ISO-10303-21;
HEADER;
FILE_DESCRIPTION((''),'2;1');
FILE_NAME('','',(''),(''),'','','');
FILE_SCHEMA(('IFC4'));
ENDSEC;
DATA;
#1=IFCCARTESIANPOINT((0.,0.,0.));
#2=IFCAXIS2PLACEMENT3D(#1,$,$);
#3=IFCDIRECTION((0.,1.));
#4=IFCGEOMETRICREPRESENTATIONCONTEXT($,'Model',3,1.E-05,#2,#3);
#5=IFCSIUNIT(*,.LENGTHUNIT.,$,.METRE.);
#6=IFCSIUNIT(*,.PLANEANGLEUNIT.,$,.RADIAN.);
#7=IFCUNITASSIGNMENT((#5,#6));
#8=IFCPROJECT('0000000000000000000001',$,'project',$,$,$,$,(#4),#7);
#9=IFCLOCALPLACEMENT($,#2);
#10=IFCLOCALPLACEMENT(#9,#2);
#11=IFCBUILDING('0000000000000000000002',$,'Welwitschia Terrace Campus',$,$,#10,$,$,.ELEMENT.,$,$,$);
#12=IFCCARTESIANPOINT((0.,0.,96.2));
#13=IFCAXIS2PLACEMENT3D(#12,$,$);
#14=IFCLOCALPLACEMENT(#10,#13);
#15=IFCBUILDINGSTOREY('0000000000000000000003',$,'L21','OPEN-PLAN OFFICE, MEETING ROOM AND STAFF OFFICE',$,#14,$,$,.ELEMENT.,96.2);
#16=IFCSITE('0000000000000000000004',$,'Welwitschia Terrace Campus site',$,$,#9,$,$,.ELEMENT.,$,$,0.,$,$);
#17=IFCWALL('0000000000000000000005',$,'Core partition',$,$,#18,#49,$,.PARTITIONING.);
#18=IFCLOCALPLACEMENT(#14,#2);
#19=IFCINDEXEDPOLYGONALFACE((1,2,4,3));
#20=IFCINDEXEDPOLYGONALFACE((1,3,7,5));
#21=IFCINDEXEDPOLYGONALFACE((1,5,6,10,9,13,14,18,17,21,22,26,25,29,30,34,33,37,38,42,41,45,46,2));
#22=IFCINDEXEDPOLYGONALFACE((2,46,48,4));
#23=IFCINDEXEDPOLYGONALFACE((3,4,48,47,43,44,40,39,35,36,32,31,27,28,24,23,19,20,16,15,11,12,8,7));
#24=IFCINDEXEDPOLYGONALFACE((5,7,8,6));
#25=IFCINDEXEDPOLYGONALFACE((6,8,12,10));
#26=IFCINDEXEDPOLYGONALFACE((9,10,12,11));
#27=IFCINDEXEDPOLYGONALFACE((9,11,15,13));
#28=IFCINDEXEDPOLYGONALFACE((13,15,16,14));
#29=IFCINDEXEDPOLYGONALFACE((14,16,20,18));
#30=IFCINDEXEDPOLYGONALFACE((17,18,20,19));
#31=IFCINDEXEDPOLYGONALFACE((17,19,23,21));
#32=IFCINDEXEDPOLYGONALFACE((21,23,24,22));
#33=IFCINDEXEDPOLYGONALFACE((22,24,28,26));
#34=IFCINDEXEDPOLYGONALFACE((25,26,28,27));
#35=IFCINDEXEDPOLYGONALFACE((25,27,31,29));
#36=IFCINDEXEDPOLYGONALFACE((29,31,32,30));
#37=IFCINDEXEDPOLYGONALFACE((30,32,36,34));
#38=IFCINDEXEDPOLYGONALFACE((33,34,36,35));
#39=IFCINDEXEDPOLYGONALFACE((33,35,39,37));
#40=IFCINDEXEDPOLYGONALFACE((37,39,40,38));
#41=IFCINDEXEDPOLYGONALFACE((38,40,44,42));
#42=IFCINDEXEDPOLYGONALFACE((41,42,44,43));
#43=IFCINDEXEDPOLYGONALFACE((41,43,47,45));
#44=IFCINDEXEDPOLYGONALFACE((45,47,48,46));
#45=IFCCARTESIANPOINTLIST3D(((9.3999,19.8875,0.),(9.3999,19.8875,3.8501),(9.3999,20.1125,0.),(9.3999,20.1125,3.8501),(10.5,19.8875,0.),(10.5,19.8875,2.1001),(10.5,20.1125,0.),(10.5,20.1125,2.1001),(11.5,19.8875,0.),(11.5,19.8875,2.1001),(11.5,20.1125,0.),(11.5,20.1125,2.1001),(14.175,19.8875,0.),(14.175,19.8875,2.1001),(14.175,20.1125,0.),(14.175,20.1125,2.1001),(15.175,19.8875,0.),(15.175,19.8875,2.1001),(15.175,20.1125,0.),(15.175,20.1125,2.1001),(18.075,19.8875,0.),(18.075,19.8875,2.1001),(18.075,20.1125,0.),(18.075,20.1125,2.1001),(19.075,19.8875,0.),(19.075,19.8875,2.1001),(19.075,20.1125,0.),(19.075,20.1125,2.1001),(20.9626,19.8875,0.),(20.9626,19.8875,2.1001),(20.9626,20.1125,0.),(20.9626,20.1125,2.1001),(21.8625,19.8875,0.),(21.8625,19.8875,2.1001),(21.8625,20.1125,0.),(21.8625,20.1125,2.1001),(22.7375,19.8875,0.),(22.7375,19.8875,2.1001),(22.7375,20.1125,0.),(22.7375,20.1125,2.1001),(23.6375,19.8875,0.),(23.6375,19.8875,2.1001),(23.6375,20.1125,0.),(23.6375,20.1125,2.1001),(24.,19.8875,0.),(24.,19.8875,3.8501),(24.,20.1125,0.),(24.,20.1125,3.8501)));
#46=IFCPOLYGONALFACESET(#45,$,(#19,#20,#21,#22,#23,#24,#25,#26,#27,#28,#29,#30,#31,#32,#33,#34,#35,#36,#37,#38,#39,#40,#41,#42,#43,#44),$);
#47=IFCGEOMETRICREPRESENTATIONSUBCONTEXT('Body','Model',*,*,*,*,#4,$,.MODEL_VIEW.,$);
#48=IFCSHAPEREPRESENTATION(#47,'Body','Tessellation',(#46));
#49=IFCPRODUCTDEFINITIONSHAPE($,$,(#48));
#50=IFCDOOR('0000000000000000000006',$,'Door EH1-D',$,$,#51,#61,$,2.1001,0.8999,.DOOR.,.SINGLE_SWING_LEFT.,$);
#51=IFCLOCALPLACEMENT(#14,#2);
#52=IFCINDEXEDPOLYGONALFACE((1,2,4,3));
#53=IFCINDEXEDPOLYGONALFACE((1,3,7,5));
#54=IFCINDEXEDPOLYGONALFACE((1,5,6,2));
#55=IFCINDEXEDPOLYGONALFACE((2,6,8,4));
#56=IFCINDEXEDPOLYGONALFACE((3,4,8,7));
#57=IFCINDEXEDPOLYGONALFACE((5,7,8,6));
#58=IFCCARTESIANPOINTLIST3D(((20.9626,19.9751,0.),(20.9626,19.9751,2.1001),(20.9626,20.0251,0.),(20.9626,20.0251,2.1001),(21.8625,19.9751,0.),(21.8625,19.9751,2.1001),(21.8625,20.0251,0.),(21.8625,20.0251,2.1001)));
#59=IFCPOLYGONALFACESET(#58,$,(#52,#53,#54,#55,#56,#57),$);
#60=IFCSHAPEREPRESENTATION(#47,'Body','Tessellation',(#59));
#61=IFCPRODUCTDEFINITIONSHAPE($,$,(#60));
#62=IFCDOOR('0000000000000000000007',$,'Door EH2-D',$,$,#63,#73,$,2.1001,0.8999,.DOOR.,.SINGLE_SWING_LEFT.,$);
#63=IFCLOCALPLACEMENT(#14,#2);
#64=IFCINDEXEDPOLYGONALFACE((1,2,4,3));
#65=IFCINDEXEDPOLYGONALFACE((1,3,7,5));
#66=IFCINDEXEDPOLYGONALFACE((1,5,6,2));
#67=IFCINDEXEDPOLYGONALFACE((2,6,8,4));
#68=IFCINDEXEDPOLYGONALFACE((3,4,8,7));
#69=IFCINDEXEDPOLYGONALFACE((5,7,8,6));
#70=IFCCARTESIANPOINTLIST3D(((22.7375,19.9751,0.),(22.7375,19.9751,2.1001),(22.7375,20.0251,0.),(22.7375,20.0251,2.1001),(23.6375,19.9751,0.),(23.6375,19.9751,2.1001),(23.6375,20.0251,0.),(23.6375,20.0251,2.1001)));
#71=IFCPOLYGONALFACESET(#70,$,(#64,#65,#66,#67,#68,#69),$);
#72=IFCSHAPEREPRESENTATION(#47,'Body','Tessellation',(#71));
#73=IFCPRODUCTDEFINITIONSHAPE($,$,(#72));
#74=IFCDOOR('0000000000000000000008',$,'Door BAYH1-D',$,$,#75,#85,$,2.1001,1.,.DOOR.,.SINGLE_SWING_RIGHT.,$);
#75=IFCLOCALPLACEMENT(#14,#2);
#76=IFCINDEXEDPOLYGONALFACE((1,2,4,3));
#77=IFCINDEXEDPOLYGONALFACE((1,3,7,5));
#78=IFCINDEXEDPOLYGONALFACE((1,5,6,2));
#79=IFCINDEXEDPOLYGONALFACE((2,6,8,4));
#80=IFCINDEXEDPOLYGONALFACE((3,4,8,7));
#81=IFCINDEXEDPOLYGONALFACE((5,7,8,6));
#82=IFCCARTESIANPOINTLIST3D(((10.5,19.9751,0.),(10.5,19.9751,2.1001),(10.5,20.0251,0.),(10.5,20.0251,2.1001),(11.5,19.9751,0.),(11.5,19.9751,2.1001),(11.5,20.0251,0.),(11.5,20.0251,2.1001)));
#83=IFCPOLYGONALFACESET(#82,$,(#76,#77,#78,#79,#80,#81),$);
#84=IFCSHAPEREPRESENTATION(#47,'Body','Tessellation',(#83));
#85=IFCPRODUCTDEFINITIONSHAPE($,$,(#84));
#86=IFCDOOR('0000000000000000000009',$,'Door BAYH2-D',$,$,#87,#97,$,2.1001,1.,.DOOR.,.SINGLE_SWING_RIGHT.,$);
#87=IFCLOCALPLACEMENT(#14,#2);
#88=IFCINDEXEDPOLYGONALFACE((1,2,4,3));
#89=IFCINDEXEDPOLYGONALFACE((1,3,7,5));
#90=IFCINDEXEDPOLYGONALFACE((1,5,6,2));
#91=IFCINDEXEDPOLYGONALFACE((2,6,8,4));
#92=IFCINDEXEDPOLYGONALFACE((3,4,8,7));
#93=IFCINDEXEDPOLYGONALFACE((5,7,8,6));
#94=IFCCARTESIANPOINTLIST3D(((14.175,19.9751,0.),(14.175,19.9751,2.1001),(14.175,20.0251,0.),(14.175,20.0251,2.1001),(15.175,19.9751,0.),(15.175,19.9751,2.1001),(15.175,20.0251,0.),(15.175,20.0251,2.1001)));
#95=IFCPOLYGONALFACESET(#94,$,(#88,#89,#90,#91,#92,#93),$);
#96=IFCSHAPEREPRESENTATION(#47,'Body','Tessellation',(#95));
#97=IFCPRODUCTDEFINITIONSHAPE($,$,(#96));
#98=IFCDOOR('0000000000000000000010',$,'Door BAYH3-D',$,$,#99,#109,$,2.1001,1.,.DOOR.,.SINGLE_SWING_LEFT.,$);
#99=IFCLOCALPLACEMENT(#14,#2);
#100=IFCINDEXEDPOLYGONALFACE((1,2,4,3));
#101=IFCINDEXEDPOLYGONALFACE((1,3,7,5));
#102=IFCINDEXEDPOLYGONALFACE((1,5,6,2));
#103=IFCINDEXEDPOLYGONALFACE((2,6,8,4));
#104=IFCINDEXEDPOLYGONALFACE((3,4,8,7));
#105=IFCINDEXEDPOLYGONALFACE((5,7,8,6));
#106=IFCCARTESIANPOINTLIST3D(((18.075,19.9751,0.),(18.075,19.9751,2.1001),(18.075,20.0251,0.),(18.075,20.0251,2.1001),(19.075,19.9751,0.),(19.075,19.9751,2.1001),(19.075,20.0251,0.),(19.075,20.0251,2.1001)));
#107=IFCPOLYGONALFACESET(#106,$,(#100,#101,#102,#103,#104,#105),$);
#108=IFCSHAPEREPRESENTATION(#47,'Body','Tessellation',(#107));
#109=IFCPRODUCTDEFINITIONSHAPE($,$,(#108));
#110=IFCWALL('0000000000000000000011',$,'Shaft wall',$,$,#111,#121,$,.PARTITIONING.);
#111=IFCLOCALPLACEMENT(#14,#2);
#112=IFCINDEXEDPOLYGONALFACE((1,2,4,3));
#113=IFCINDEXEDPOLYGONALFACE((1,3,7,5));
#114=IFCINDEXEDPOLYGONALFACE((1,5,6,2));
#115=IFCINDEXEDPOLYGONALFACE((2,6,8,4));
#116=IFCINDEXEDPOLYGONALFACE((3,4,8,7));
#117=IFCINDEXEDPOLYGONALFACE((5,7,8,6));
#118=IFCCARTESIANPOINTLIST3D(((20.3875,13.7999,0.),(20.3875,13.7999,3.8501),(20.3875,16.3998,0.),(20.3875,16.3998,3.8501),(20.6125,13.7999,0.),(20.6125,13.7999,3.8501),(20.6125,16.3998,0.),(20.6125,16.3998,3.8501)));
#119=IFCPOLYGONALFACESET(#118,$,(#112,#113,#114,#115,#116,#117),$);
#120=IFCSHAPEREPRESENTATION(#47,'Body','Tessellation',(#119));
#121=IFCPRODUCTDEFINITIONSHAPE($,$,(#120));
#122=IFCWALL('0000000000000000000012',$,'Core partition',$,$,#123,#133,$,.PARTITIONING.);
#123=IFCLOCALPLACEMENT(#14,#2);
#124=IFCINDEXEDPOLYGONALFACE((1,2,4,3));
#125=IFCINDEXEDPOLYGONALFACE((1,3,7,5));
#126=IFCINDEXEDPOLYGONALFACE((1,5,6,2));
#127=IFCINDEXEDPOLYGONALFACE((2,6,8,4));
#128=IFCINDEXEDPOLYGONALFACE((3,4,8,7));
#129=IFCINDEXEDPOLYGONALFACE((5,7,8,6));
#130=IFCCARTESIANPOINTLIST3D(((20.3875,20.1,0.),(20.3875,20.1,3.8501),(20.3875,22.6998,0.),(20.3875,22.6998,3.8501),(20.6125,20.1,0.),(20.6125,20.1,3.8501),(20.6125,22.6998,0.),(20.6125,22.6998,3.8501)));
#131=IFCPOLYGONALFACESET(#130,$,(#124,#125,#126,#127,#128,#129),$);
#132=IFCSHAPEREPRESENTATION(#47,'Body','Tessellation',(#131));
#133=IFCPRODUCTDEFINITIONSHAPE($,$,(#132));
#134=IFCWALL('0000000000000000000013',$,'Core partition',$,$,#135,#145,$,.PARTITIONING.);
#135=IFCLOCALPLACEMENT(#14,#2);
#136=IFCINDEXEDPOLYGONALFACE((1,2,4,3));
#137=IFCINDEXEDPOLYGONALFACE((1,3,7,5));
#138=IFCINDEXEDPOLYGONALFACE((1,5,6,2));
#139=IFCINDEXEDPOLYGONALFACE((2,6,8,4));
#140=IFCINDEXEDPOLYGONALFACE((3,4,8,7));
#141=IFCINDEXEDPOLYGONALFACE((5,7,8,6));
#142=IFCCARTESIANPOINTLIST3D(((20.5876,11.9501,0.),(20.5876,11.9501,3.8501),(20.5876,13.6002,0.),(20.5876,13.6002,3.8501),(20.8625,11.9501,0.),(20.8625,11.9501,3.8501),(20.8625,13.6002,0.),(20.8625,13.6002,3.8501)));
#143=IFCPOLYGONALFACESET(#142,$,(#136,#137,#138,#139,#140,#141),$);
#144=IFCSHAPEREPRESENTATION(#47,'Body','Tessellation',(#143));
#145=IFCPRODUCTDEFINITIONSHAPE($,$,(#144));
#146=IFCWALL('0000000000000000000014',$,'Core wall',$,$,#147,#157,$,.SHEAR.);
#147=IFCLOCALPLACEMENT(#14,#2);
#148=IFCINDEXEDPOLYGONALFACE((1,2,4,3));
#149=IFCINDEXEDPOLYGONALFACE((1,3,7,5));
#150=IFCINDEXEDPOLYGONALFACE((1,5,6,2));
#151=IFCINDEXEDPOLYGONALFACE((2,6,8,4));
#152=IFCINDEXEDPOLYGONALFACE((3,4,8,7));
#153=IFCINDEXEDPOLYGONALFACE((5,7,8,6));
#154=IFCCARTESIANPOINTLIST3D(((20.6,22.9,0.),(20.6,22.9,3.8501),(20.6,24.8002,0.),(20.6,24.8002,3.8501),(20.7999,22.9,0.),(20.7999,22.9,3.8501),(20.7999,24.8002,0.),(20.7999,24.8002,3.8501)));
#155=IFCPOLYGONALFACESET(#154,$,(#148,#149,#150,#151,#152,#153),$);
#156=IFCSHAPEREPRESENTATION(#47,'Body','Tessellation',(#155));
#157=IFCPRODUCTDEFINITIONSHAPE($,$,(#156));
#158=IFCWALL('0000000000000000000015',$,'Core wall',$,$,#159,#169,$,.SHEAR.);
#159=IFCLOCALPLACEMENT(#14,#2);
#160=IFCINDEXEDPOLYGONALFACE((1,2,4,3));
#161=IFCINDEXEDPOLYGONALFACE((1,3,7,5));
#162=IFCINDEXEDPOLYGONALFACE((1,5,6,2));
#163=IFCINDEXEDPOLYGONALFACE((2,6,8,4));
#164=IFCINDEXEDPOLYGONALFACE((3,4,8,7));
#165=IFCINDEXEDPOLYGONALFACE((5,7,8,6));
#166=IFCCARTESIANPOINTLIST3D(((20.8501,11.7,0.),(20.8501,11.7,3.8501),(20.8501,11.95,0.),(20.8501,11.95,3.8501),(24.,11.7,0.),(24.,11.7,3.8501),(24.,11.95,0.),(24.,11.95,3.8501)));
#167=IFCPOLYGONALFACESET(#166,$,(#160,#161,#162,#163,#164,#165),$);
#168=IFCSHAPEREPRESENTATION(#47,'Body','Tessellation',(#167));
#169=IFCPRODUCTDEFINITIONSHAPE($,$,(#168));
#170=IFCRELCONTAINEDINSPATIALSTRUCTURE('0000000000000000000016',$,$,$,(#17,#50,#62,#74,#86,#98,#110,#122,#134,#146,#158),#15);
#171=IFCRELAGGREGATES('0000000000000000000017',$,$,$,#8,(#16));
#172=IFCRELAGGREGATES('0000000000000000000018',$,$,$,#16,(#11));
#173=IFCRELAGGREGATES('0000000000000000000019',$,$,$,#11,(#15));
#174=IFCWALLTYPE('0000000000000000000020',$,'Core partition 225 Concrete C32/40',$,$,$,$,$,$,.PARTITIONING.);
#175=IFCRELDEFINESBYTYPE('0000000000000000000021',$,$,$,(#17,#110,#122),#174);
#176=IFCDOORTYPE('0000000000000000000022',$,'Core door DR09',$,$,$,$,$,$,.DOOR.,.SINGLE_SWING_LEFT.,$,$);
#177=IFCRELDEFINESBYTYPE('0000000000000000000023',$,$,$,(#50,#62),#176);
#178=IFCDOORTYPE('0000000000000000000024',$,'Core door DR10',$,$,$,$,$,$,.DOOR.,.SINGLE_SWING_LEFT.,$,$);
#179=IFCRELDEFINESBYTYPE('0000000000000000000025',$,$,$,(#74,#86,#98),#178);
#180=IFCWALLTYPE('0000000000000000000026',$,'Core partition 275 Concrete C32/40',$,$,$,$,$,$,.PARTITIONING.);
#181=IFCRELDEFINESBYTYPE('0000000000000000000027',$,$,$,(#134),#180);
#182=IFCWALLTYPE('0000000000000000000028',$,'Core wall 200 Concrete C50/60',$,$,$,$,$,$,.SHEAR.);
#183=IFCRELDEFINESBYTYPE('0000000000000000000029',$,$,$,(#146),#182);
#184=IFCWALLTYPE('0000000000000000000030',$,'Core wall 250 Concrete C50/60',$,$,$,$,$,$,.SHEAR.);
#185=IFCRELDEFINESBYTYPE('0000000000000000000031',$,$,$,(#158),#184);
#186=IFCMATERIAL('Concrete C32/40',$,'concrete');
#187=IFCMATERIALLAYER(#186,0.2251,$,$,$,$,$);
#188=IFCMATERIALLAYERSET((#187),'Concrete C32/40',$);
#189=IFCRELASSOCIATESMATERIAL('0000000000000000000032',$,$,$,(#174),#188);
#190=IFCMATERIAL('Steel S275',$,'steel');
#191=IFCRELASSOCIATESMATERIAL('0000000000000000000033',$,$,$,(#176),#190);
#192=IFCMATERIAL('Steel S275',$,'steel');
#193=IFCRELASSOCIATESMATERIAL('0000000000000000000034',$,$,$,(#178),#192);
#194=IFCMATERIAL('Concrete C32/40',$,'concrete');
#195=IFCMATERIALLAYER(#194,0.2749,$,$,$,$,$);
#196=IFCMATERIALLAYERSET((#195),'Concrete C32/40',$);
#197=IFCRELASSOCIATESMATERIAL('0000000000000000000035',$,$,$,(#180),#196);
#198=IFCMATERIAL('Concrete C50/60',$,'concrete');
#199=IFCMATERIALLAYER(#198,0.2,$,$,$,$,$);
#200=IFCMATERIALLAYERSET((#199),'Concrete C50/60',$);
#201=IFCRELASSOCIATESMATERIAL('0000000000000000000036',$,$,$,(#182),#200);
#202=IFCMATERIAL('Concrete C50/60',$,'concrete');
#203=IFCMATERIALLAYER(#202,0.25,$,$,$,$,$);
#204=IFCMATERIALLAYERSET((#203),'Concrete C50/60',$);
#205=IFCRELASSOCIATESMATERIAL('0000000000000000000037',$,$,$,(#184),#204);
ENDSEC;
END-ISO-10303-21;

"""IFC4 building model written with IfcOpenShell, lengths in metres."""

from ifc_helpers import new_model, si_unit, direction, frame, frame_2d, origin, place, context, subcontext, project, spatial, rectangle, extrude, material, layer, layer_set, type_object, element, fill, save


model = new_model("IFC4")

# Units and contexts
model_context = context("Model", 3, precision=1e-05, world=origin(), true_north=direction((0.0, 1.0)))
body_context = subcontext(model_context, "Body", "Model", "MODEL_VIEW")
ifc_project = project(units=[si_unit("LENGTHUNIT", "METRE"), si_unit("PLANEANGLEUNIT", "RADIAN")], contexts=[model_context])

# Site, building, storey
site_placement = place(None, origin())
site = spatial("IfcSite", under=ifc_project, at=site_placement, Name="Welwitschia Terrace Campus site", CompositionType="ELEMENT", RefElevation=0.0)
building_placement = place(site_placement, origin())
building = spatial("IfcBuilding", under=site, at=building_placement, Name="Welwitschia Terrace Campus", CompositionType="ELEMENT")
storey_placement = place(building_placement, frame((0.0, 0.0, 96.2)))
storey = spatial("IfcBuildingStorey", under=building, at=storey_placement, Name="L21", Description="OPEN-PLAN OFFICE, MEETING ROOM AND STAFF OFFICE", CompositionType="ELEMENT", Elevation=96.2)

# Wall, openings, doors
ifc_material_1 = material(Name="Concrete C32/40", Category="concrete")
ifc_layer_1 = layer(ifc_material_1, 0.2251)
ifc_layer_set_1 = layer_set([ifc_layer_1], Name="Concrete C32/40")
wall_type_1 = type_object("IfcWallType", Name="Core partition 225 Concrete C32/40", PredefinedType="PARTITIONING", material=ifc_layer_set_1)
wall_1_placement = place(storey_placement, frame((24.0, 20.0, 0.0), z_axis=(0.0, 0.0, 1.0), x_axis=(-1.0, 0.0, 0.0)))
wall_1 = element("IfcWall", 1, at=wall_1_placement, inside=storey, type_object=wall_type_1, Name="Core partition", PredefinedType="PARTITIONING", context=body_context, shape_type="SweptSolid", body=[
    extrude(rectangle(XDim=14.6001, YDim=0.2251, at=frame_2d((7.3, 0.0))), origin(), (0.0, 0.0, 1.0), 3.8501),
])
opening_1_placement = place(wall_1_placement, frame((12.5, 0.0, 0.0)))
opening_1 = element("IfcOpeningElement", 2, at=opening_1_placement, cuts=wall_1, PredefinedType="OPENING", context=body_context, shape_type="SweptSolid", body=[
    extrude(rectangle(XDim=1.0, YDim=2.1001, at=frame_2d((0.5, 1.05))), frame((0.0, 0.1226, 0.0), z_axis=(0.0, -1.0, 0.0), x_axis=(1.0, 0.0, 0.0)), (0.0, 0.0, 1.0), 0.2451),
])
opening_2_placement = place(wall_1_placement, frame((8.825, 0.0, 0.0)))
opening_2 = element("IfcOpeningElement", 3, at=opening_2_placement, cuts=wall_1, PredefinedType="OPENING", context=body_context, shape_type="SweptSolid", body=[
    extrude(rectangle(XDim=1.0, YDim=2.1001, at=frame_2d((0.5, 1.05))), frame((0.0, 0.1226, 0.0), z_axis=(0.0, -1.0, 0.0), x_axis=(1.0, 0.0, 0.0)), (0.0, 0.0, 1.0), 0.2451),
])
opening_3_placement = place(wall_1_placement, frame((4.925, 0.0, 0.0)))
opening_3 = element("IfcOpeningElement", 4, at=opening_3_placement, cuts=wall_1, PredefinedType="OPENING", context=body_context, shape_type="SweptSolid", body=[
    extrude(rectangle(XDim=1.0, YDim=2.1001, at=frame_2d((0.5, 1.05))), frame((0.0, 0.1226, 0.0), z_axis=(0.0, -1.0, 0.0), x_axis=(1.0, 0.0, 0.0)), (0.0, 0.0, 1.0), 0.2451),
])
opening_4_placement = place(wall_1_placement, frame((2.1375, 0.0, 0.0)))
opening_4 = element("IfcOpeningElement", 5, at=opening_4_placement, cuts=wall_1, PredefinedType="OPENING", context=body_context, shape_type="SweptSolid", body=[
    extrude(rectangle(XDim=0.8999, YDim=2.1001, at=frame_2d((0.45, 1.05))), frame((0.0, 0.1226, 0.0), z_axis=(0.0, -1.0, 0.0), x_axis=(1.0, 0.0, 0.0)), (0.0, 0.0, 1.0), 0.2451),
])
opening_5_placement = place(wall_1_placement, frame((0.3625, 0.0, 0.0)))
opening_5 = element("IfcOpeningElement", 6, at=opening_5_placement, cuts=wall_1, PredefinedType="OPENING", context=body_context, shape_type="SweptSolid", body=[
    extrude(rectangle(XDim=0.8999, YDim=2.1001, at=frame_2d((0.45, 1.05))), frame((0.0, 0.1226, 0.0), z_axis=(0.0, -1.0, 0.0), x_axis=(1.0, 0.0, 0.0)), (0.0, 0.0, 1.0), 0.2451),
])
ifc_material_2 = material(Name="Steel S275", Category="steel")
door_type_1 = type_object("IfcDoorType", Name="Core door DR09", OperationType="SINGLE_SWING_LEFT", PredefinedType="DOOR", material=ifc_material_2)
door_1_placement = place(opening_4_placement, origin())
door_1 = element("IfcDoor", 7, at=door_1_placement, inside=storey, type_object=door_type_1, Name="Door EH1-D", OperationType="SINGLE_SWING_LEFT", OverallHeight=2.1001, OverallWidth=0.8999, PredefinedType="DOOR", context=body_context, shape_type="SweptSolid", body=[
    extrude(rectangle(XDim=0.8999, YDim=2.1001, at=frame_2d((0.45, 1.05))), frame((0.0, 0.0249, 0.0), z_axis=(0.0, -1.0, 0.0), x_axis=(1.0, 0.0, 0.0)), (0.0, 0.0, 1.0), 0.05),
])
fill(opening_4, door_1)
door_2_placement = place(opening_5_placement, origin())
door_2 = element("IfcDoor", 8, at=door_2_placement, inside=storey, type_object=door_type_1, Name="Door EH2-D", OperationType="SINGLE_SWING_LEFT", OverallHeight=2.1001, OverallWidth=0.8999, PredefinedType="DOOR", context=body_context, shape_type="SweptSolid", body=[
    extrude(rectangle(XDim=0.8999, YDim=2.1001, at=frame_2d((0.45, 1.05))), frame((0.0, 0.0249, 0.0), z_axis=(0.0, -1.0, 0.0), x_axis=(1.0, 0.0, 0.0)), (0.0, 0.0, 1.0), 0.05),
])
fill(opening_5, door_2)
ifc_material_3 = material(Name="Steel S275", Category="steel")
door_type_2 = type_object("IfcDoorType", Name="Core door DR10", OperationType="SINGLE_SWING_LEFT", PredefinedType="DOOR", material=ifc_material_3)
door_3_placement = place(opening_1_placement, origin())
door_3 = element("IfcDoor", 9, at=door_3_placement, inside=storey, type_object=door_type_2, Name="Door BAYH1-D", OperationType="SINGLE_SWING_RIGHT", OverallHeight=2.1001, OverallWidth=1.0, PredefinedType="DOOR", context=body_context, shape_type="SweptSolid", body=[
    extrude(rectangle(XDim=1.0, YDim=2.1001, at=frame_2d((0.5, 1.05))), frame((0.0, 0.0249, 0.0), z_axis=(0.0, -1.0, 0.0), x_axis=(1.0, 0.0, 0.0)), (0.0, 0.0, 1.0), 0.05),
])
fill(opening_1, door_3)
door_4_placement = place(opening_2_placement, origin())
door_4 = element("IfcDoor", 10, at=door_4_placement, inside=storey, type_object=door_type_2, Name="Door BAYH2-D", OperationType="SINGLE_SWING_RIGHT", OverallHeight=2.1001, OverallWidth=1.0, PredefinedType="DOOR", context=body_context, shape_type="SweptSolid", body=[
    extrude(rectangle(XDim=1.0, YDim=2.1001, at=frame_2d((0.5, 1.05))), frame((0.0, 0.0249, 0.0), z_axis=(0.0, -1.0, 0.0), x_axis=(1.0, 0.0, 0.0)), (0.0, 0.0, 1.0), 0.05),
])
fill(opening_2, door_4)
door_5_placement = place(opening_3_placement, origin())
door_5 = element("IfcDoor", 11, at=door_5_placement, inside=storey, type_object=door_type_2, Name="Door BAYH3-D", OperationType="SINGLE_SWING_LEFT", OverallHeight=2.1001, OverallWidth=1.0, PredefinedType="DOOR", context=body_context, shape_type="SweptSolid", body=[
    extrude(rectangle(XDim=1.0, YDim=2.1001, at=frame_2d((0.5, 1.05))), frame((0.0, 0.0249, 0.0), z_axis=(0.0, -1.0, 0.0), x_axis=(1.0, 0.0, 0.0)), (0.0, 0.0, 1.0), 0.05),
])
fill(opening_3, door_5)

# Walls
for number, where, z_axis, x_axis, name in (
    (12, (20.5, 13.8, 0.0), (0.0, 0.0, 1.0), (0.0, 1.0, 0.0), "Shaft wall"),
    (13, (20.5, 20.1001, 0.0), (0.0, 0.0, 1.0), (0.0, 1.0, 0.0), "Core partition"),
):
    element("IfcWall", number, at=place(storey_placement, frame(where, z_axis=z_axis, x_axis=x_axis)), inside=storey, type_object=wall_type_1, Name=name, PredefinedType="PARTITIONING", context=body_context, shape_type="SweptSolid", body=[
        extrude(rectangle(XDim=2.5999, YDim=0.2251, at=frame_2d((1.2998, 0.0))), origin(), (0.0, 0.0, 1.0), 3.8501),
    ])
ifc_material_4 = material(Name="Concrete C32/40", Category="concrete")
ifc_layer_2 = layer(ifc_material_4, 0.2749)
ifc_layer_set_2 = layer_set([ifc_layer_2], Name="Concrete C32/40")
wall_type_2 = type_object("IfcWallType", Name="Core partition 275 Concrete C32/40", PredefinedType="PARTITIONING", material=ifc_layer_set_2)
wall_2_placement = place(storey_placement, frame((20.7251, 11.95, 0.0), z_axis=(0.0, 0.0, 1.0), x_axis=(0.0, 1.0, 0.0)))
element("IfcWall", 14, at=wall_2_placement, inside=storey, type_object=wall_type_2, Name="Core partition", PredefinedType="PARTITIONING", context=body_context, shape_type="SweptSolid", body=[
    extrude(rectangle(XDim=1.6501, YDim=0.2749, at=frame_2d((0.8252, 0.0))), origin(), (0.0, 0.0, 1.0), 3.8501),
])
ifc_material_5 = material(Name="Concrete C50/60", Category="concrete")
ifc_layer_3 = layer(ifc_material_5, 0.2)
ifc_layer_set_3 = layer_set([ifc_layer_3], Name="Concrete C50/60")
wall_type_3 = type_object("IfcWallType", Name="Core wall 200 Concrete C50/60", PredefinedType="SHEAR", material=ifc_layer_set_3)
wall_3_placement = place(storey_placement, frame((20.7, 22.8999, 0.0), z_axis=(0.0, 0.0, 1.0), x_axis=(0.0, 1.0, 0.0)))
element("IfcWall", 15, at=wall_3_placement, inside=storey, type_object=wall_type_3, Name="Core wall", PredefinedType="SHEAR", context=body_context, shape_type="SweptSolid", body=[
    extrude(rectangle(XDim=1.9001, YDim=0.2, at=frame_2d((0.9502, 0.0))), origin(), (0.0, 0.0, 1.0), 3.8501),
])
ifc_material_6 = material(Name="Concrete C50/60", Category="concrete")
ifc_layer_4 = layer(ifc_material_6, 0.25)
ifc_layer_set_4 = layer_set([ifc_layer_4], Name="Concrete C50/60")
wall_type_4 = type_object("IfcWallType", Name="Core wall 250 Concrete C50/60", PredefinedType="SHEAR", material=ifc_layer_set_4)
wall_4_placement = place(storey_placement, frame((20.8501, 11.825, 0.0), z_axis=(0.0, 0.0, 1.0), x_axis=(1.0, 0.0, 0.0)))
element("IfcWall", 16, at=wall_4_placement, inside=storey, type_object=wall_type_4, Name="Core wall", PredefinedType="SHEAR", context=body_context, shape_type="SweptSolid", body=[
    extrude(rectangle(XDim=3.1499, YDim=0.25, at=frame_2d((1.575, 0.0))), origin(), (0.0, 0.0, 1.0), 3.8501),
])

save(model, "model.ifc")
